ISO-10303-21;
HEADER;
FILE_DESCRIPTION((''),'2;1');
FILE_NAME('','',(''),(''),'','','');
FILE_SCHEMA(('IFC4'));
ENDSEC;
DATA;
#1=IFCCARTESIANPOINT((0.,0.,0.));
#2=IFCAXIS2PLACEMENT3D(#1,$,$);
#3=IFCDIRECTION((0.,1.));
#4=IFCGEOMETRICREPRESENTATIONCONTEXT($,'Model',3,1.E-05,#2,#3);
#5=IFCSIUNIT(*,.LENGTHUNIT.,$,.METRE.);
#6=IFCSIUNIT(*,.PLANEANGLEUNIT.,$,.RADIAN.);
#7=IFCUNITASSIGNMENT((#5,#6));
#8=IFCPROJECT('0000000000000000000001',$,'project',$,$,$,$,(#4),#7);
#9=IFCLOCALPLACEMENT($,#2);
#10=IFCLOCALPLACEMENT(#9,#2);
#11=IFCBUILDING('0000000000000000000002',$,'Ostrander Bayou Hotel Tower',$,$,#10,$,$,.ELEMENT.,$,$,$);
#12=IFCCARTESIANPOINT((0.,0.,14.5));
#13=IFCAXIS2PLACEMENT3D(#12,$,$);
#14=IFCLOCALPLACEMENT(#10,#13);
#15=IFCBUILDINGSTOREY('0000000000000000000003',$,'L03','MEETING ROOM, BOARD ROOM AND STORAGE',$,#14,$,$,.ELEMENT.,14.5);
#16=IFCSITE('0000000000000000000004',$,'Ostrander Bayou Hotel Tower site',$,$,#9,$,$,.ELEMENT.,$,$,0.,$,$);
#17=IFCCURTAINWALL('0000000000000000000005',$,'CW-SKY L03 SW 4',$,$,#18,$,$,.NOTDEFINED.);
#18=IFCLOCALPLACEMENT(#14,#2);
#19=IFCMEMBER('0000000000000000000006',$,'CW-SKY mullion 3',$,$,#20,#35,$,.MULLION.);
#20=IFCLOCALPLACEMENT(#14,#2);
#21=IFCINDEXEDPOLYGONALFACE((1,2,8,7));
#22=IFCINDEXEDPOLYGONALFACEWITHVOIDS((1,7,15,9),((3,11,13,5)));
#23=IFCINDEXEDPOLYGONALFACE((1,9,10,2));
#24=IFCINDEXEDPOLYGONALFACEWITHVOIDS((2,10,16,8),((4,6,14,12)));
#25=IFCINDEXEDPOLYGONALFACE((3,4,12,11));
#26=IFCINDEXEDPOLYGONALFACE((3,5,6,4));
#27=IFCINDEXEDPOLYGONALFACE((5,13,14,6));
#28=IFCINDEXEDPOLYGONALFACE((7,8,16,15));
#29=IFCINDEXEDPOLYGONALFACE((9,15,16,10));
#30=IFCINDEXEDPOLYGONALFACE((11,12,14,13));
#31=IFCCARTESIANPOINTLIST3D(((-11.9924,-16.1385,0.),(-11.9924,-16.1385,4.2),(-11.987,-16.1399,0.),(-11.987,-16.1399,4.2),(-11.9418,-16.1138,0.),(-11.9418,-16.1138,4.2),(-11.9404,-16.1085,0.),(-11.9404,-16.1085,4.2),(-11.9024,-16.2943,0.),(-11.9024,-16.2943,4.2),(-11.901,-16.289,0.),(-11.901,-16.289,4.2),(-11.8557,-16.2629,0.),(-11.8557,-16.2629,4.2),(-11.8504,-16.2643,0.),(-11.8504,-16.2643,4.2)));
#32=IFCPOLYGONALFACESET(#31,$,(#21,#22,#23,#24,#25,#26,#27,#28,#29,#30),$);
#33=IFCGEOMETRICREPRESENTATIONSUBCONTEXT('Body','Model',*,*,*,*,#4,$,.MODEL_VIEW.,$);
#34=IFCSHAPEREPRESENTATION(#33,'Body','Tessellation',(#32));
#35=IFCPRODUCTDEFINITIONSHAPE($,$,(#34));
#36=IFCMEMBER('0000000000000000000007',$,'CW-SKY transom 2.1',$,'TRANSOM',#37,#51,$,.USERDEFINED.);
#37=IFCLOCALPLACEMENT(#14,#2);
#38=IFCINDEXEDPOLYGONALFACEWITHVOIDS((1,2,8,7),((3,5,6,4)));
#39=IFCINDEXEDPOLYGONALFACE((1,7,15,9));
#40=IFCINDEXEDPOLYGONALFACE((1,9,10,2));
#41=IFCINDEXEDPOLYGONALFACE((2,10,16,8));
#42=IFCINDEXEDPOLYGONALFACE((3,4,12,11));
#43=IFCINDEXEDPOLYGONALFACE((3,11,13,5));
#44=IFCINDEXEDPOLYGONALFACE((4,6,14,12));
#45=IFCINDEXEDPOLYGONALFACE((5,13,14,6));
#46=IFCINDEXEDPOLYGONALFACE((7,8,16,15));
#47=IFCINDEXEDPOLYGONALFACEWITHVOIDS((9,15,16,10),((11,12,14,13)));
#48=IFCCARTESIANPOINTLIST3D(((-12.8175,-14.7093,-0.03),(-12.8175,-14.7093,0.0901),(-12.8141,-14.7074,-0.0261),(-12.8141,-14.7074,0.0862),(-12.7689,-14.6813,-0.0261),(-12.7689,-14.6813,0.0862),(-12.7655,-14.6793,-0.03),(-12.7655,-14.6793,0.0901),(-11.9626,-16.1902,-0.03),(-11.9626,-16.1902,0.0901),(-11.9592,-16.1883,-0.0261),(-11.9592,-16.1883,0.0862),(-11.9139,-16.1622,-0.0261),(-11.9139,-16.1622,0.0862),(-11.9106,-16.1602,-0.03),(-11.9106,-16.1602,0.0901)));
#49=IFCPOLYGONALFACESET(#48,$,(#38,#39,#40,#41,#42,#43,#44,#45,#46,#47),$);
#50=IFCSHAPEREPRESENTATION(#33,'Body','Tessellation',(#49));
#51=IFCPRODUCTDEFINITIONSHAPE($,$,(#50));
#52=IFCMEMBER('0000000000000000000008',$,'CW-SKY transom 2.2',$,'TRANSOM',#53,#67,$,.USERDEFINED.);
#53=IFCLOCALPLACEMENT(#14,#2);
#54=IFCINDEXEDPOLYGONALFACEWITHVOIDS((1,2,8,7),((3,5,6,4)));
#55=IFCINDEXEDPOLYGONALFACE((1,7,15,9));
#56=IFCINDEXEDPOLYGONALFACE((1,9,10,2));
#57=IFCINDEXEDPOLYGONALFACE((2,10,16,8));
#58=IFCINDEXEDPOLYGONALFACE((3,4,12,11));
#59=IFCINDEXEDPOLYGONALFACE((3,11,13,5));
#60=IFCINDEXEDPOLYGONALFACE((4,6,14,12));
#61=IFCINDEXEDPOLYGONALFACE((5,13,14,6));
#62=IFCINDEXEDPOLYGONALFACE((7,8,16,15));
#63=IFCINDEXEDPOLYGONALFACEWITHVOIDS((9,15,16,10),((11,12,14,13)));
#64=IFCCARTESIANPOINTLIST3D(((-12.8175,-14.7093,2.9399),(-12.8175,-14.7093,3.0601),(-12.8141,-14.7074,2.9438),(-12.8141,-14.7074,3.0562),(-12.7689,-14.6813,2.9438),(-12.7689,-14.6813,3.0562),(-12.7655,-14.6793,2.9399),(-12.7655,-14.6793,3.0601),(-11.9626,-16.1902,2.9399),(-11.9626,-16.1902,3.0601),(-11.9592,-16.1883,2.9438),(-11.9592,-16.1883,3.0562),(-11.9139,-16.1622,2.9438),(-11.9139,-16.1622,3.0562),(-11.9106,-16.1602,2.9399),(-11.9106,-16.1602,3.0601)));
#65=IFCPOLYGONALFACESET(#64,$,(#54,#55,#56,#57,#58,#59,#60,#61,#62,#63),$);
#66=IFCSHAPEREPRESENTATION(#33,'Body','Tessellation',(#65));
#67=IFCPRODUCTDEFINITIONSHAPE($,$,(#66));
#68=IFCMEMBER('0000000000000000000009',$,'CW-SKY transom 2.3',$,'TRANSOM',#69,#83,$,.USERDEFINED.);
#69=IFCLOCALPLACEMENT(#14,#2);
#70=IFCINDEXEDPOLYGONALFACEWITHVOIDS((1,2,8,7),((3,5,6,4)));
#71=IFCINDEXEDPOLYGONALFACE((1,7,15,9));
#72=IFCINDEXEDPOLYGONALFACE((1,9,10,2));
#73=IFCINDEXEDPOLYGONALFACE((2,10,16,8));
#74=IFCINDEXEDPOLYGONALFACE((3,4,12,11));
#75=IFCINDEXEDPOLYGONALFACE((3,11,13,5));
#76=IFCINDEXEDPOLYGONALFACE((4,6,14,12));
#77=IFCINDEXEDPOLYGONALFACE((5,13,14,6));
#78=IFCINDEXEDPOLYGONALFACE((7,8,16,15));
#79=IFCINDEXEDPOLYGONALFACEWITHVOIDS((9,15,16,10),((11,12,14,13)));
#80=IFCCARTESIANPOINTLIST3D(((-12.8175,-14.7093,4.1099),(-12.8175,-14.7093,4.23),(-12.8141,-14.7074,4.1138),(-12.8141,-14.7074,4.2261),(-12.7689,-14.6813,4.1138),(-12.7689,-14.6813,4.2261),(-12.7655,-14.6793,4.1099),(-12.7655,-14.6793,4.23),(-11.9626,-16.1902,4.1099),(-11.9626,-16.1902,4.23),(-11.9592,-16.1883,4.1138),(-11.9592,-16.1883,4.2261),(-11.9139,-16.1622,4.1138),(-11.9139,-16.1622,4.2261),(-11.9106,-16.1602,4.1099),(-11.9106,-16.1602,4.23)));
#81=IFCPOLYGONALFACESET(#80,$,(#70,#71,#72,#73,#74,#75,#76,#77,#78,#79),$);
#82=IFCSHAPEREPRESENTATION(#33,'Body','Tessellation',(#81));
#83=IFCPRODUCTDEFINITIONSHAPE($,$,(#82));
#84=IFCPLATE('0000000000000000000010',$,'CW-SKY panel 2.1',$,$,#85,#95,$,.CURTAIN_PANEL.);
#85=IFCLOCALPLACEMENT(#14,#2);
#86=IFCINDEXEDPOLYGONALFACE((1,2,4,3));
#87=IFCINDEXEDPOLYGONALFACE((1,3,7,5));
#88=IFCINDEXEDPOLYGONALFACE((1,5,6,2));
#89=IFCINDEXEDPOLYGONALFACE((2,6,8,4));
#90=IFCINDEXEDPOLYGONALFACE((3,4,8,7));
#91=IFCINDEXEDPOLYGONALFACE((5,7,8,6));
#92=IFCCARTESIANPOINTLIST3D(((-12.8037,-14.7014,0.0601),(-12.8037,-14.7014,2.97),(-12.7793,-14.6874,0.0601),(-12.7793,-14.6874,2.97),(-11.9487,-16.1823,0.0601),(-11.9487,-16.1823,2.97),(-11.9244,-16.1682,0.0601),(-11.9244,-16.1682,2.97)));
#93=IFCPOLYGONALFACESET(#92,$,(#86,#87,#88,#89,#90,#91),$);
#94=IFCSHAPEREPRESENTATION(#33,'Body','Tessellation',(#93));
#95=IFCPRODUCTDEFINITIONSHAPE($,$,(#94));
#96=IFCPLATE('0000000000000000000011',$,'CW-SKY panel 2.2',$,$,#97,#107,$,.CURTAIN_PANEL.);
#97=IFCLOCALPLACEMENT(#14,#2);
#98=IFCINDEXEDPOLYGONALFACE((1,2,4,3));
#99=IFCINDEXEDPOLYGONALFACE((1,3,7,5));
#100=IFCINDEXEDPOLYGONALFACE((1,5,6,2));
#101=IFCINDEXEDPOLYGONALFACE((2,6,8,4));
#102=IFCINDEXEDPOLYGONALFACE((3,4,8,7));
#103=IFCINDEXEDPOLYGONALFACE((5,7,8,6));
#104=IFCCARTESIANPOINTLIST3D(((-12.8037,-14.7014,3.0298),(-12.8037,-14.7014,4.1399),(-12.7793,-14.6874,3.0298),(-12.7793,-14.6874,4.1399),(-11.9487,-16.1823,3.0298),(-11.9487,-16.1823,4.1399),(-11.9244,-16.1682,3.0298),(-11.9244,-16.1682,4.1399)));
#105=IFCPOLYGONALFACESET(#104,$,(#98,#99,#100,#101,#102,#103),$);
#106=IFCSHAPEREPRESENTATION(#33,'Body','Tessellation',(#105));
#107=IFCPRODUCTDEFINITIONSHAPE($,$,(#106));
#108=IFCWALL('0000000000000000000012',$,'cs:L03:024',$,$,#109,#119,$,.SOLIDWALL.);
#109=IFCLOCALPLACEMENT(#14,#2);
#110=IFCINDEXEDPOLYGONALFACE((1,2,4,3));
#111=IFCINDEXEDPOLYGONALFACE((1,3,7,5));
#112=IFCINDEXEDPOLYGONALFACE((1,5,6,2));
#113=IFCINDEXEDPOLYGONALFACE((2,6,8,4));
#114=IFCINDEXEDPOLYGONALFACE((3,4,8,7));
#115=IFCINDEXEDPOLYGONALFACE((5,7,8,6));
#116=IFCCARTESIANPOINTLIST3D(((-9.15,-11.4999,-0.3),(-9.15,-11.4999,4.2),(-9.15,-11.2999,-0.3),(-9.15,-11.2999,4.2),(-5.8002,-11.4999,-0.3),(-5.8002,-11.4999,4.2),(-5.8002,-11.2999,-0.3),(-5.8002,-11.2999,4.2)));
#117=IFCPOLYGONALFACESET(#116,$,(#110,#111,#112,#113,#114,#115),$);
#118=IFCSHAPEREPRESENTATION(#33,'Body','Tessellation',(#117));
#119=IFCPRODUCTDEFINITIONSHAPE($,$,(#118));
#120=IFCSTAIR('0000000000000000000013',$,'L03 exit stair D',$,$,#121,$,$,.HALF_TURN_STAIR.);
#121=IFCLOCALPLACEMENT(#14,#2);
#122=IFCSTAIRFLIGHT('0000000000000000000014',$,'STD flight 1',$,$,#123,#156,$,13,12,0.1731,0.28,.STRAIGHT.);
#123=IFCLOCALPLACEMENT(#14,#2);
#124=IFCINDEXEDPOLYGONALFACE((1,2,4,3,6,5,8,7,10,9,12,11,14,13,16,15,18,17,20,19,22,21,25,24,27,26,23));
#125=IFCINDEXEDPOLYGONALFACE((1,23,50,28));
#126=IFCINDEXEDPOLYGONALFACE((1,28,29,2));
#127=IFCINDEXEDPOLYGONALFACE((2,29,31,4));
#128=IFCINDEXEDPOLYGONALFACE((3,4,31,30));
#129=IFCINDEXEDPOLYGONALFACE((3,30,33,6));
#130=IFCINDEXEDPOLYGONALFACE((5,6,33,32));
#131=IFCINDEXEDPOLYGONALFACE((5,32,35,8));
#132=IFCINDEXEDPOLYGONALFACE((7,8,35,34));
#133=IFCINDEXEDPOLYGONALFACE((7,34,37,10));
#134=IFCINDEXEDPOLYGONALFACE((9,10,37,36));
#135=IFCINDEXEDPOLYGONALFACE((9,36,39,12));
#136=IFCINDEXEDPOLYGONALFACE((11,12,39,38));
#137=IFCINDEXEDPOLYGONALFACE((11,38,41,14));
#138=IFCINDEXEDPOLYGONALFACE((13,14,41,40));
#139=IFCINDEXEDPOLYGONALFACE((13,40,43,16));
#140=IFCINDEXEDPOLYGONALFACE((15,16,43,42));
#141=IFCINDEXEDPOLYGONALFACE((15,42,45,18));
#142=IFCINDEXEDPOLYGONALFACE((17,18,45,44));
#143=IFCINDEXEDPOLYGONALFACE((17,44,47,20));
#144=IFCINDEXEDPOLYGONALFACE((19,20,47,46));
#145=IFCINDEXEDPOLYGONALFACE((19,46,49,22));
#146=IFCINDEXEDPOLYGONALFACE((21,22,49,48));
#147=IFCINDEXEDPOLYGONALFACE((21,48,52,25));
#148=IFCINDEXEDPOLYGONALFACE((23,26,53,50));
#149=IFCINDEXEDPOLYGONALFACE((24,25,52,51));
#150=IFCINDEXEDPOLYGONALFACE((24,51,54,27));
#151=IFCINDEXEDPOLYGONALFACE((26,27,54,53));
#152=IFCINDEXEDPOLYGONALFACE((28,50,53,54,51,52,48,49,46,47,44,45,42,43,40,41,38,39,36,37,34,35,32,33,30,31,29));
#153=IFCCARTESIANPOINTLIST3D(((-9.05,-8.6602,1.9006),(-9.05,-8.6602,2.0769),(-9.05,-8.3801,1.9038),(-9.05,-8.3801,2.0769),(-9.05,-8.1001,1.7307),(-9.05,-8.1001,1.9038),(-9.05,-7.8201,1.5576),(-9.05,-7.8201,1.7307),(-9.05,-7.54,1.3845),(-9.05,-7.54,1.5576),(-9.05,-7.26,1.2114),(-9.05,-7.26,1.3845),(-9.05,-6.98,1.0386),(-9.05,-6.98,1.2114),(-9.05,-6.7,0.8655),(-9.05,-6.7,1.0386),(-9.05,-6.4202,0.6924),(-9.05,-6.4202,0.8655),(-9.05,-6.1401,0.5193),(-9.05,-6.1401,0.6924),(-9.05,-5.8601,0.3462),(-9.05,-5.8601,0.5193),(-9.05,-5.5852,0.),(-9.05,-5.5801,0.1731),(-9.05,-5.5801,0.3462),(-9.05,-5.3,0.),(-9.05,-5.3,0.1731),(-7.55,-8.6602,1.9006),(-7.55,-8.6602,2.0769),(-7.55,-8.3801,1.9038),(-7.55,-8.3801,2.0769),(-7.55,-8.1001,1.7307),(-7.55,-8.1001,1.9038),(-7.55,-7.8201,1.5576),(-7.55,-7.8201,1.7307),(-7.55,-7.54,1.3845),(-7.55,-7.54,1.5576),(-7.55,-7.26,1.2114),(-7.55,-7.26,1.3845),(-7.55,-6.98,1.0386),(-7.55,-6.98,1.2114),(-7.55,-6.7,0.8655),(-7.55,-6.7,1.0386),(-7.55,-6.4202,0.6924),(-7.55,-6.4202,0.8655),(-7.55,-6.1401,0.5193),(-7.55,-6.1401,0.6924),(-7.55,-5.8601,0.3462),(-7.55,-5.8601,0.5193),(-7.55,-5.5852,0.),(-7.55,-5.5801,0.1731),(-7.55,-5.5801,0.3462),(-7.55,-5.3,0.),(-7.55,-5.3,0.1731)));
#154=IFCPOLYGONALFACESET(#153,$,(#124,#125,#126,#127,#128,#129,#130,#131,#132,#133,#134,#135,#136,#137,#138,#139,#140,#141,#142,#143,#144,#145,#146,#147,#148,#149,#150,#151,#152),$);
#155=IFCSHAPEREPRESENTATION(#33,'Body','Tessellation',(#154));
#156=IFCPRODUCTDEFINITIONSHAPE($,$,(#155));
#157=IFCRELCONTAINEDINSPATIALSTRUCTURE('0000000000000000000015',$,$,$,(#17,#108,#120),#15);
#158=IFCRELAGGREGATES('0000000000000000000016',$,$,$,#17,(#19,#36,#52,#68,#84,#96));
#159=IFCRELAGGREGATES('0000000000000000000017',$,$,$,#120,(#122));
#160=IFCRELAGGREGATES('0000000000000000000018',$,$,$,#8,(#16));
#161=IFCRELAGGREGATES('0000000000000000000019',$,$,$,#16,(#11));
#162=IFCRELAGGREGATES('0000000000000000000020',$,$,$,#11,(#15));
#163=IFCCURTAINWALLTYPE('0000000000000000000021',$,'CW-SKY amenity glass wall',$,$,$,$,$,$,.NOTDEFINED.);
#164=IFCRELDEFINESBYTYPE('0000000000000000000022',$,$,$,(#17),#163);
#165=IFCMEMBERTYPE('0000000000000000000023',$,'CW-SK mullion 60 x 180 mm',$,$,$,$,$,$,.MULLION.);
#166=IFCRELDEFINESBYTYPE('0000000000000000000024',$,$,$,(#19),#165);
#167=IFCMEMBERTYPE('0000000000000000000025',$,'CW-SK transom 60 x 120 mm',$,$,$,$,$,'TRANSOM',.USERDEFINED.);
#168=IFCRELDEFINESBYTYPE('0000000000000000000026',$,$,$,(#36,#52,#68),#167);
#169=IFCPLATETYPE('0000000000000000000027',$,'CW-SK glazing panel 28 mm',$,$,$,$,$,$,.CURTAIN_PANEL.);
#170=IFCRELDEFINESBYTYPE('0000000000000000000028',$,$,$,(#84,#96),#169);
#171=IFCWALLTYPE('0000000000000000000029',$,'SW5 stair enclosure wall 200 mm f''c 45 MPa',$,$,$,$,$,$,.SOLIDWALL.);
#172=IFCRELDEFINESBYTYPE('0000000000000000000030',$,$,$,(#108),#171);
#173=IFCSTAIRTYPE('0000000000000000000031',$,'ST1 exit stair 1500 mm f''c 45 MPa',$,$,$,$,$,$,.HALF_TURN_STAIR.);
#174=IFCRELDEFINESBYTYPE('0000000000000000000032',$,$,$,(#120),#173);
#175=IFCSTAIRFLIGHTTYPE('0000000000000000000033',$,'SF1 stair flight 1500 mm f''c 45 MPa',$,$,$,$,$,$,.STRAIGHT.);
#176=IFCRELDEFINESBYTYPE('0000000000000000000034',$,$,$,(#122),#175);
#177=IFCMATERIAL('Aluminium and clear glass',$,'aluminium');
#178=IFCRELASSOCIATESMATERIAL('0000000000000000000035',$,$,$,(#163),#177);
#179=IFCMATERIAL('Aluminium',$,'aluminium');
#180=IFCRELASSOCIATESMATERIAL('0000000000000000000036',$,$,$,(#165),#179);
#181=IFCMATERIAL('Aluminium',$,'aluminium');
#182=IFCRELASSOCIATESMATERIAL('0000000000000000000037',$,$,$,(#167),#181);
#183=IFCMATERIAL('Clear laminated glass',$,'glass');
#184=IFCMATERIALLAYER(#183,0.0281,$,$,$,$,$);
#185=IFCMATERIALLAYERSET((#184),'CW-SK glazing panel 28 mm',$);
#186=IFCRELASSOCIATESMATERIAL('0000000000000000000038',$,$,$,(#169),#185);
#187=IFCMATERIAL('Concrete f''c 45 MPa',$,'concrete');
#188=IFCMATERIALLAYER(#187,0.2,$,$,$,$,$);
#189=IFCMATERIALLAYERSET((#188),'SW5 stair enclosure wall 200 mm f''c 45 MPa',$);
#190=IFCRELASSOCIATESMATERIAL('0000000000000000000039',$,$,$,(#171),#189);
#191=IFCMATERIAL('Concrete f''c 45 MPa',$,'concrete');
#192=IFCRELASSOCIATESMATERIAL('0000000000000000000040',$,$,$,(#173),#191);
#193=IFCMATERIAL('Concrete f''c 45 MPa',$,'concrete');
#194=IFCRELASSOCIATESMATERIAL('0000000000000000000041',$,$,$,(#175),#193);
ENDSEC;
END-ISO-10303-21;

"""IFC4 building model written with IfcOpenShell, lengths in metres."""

from ifc_helpers import new_model, si_unit, direction, frame, frame_2d, origin, origin_2d, place, context, subcontext, project, spatial, polyline, rectangle, hollow_rectangle, outline, extrude, material, layer, layer_set, material_profile, profile_set, type_object, element, aggregate, save


model = new_model("IFC4")

# Units and contexts
model_context = context("Model", 3, precision=1e-05, world=origin(), true_north=direction((0.0, 1.0)))
body_context = subcontext(model_context, "Body", "Model", "MODEL_VIEW")
ifc_project = project(units=[si_unit("LENGTHUNIT", "METRE"), si_unit("PLANEANGLEUNIT", "RADIAN")], contexts=[model_context])

# Site, building, storey
site_placement = place(None, origin())
site = spatial("IfcSite", under=ifc_project, at=site_placement, Name="Ostrander Bayou Hotel Tower site", CompositionType="ELEMENT", RefElevation=0.0)
building_placement = place(site_placement, origin())
building = spatial("IfcBuilding", under=site, at=building_placement, Name="Ostrander Bayou Hotel Tower", CompositionType="ELEMENT")
storey_placement = place(building_placement, frame((0.0, 0.0, 14.5)))
storey = spatial("IfcBuildingStorey", under=building, at=storey_placement, Name="L03", Description="MEETING ROOM, BOARD ROOM AND STORAGE", CompositionType="ELEMENT", Elevation=14.5)

# Curtain wall, members, plates
ifc_material_1 = material(Name="Aluminium and clear glass", Category="aluminium")
curtain_wall_type = type_object("IfcCurtainWallType", Name="CW-SKY amenity glass wall", PredefinedType="NOTDEFINED", material=ifc_material_1)
curtain_wall_placement = place(storey_placement, origin())
curtain_wall = element("IfcCurtainWall", 1, at=curtain_wall_placement, inside=storey, type_object=curtain_wall_type, Name="CW-SKY L03 SW 4", PredefinedType="NOTDEFINED")
ifc_material_2 = material(Name="Aluminium", Category="aluminium")
ifc_material_profile_1 = material_profile(ifc_material_2, hollow_rectangle(XDim=0.0601, YDim=0.1799, WallThickness=0.0039, at=origin_2d()))
ifc_profile_set_1 = profile_set([ifc_material_profile_1], Name="Aluminium")
member_type_1 = type_object("IfcMemberType", Name="CW-SK mullion 60 x 180 mm", PredefinedType="MULLION", material=ifc_profile_set_1)
member_1_placement = place(storey_placement, frame((-11.9214, -16.2014, 0.0), z_axis=(0.0, 0.0, 1.0), x_axis=(0.866026, 0.499999, 0.0)))
member_1 = element("IfcMember", 2, at=member_1_placement, type_object=member_type_1, Name="CW-SKY mullion 3", PredefinedType="MULLION", context=body_context, shape_type="SweptSolid", body=[
    extrude(hollow_rectangle(XDim=0.0601, YDim=0.1799, WallThickness=0.0039, at=origin_2d()), origin(), (0.0, 0.0, 1.0), 4.2),
])
ifc_material_3 = material(Name="Aluminium", Category="aluminium")
ifc_material_profile_2 = material_profile(ifc_material_3, hollow_rectangle(XDim=0.0601, YDim=0.1201, WallThickness=0.0039, at=origin_2d()))
ifc_profile_set_2 = profile_set([ifc_material_profile_2], Name="Aluminium")
member_type_2 = type_object("IfcMemberType", Name="CW-SK transom 60 x 120 mm", ElementType="TRANSOM", PredefinedType="USERDEFINED", material=ifc_profile_set_2)
member_2_placement = place(storey_placement, frame((-12.7915, -14.6943, 0.03), z_axis=(0.499978, -0.866038, 0.0), x_axis=(0.866038, 0.499978, 0.0)))
member_2 = element("IfcMember", 3, at=member_2_placement, type_object=member_type_2, Name="CW-SKY transom 2.1", ObjectType="TRANSOM", PredefinedType="USERDEFINED", context=body_context, shape_type="SweptSolid", body=[
    extrude(hollow_rectangle(XDim=0.0601, YDim=0.1201, WallThickness=0.0039, at=origin_2d()), origin(), (0.0, 0.0, 1.0), 1.71),
])
member_3_placement = place(storey_placement, frame((-12.7915, -14.6943, 3.0), z_axis=(0.499978, -0.866038, 0.0), x_axis=(0.866038, 0.499978, 0.0)))
member_3 = element("IfcMember", 4, at=member_3_placement, type_object=member_type_2, Name="CW-SKY transom 2.2", ObjectType="TRANSOM", PredefinedType="USERDEFINED", context=body_context, shape_type="SweptSolid", body=[
    extrude(hollow_rectangle(XDim=0.0601, YDim=0.1201, WallThickness=0.0039, at=origin_2d()), origin(), (0.0, 0.0, 1.0), 1.71),
])
member_4_placement = place(storey_placement, frame((-12.7915, -14.6943, 4.1699), z_axis=(0.499978, -0.866038, 0.0), x_axis=(0.866038, 0.499978, 0.0)))
member_4 = element("IfcMember", 5, at=member_4_placement, type_object=member_type_2, Name="CW-SKY transom 2.3", ObjectType="TRANSOM", PredefinedType="USERDEFINED", context=body_context, shape_type="SweptSolid", body=[
    extrude(hollow_rectangle(XDim=0.0601, YDim=0.1201, WallThickness=0.0039, at=origin_2d()), origin(), (0.0, 0.0, 1.0), 1.71),
])
ifc_material_4 = material(Name="Clear laminated glass", Category="glass")
ifc_layer_1 = layer(ifc_material_4, 0.0281)
ifc_layer_set_1 = layer_set([ifc_layer_1], Name="CW-SK glazing panel 28 mm")
plate_type = type_object("IfcPlateType", Name="CW-SK glazing panel 28 mm", PredefinedType="CURTAIN_PANEL", material=ifc_layer_set_1)
plate_1_placement = place(storey_placement, frame((-12.364, -15.4348, 0.0601), z_axis=(0.0, 0.0, 1.0), x_axis=(0.499999, -0.866026, 0.0)))
plate_1 = element("IfcPlate", 6, at=plate_1_placement, type_object=plate_type, Name="CW-SKY panel 2.1", PredefinedType="CURTAIN_PANEL", context=body_context, shape_type="SweptSolid", body=[
    extrude(rectangle(XDim=1.71, YDim=0.0281, at=origin_2d()), origin(), (0.0, 0.0, 1.0), 2.9099),
])
plate_2_placement = place(storey_placement, frame((-12.364, -15.4348, 3.0298), z_axis=(0.0, 0.0, 1.0), x_axis=(0.499999, -0.866026, 0.0)))
plate_2 = element("IfcPlate", 7, at=plate_2_placement, type_object=plate_type, Name="CW-SKY panel 2.2", PredefinedType="CURTAIN_PANEL", context=body_context, shape_type="SweptSolid", body=[
    extrude(rectangle(XDim=1.71, YDim=0.0281, at=origin_2d()), origin(), (0.0, 0.0, 1.0), 1.1101),
])
aggregate(curtain_wall, [member_1, member_2, member_3, member_4, plate_1, plate_2])

# Wall
ifc_material_5 = material(Name="Concrete f'c 45 MPa", Category="concrete")
ifc_layer_2 = layer(ifc_material_5, 0.2)
ifc_layer_set_2 = layer_set([ifc_layer_2], Name="SW5 stair enclosure wall 200 mm f'c 45 MPa")
wall_type = type_object("IfcWallType", Name="SW5 stair enclosure wall 200 mm f'c 45 MPa", PredefinedType="SOLIDWALL", material=ifc_layer_set_2)
wall_placement = place(storey_placement, frame((-9.1499, -11.3999, -0.3), z_axis=(0.0, 0.0, 1.0), x_axis=(1.0, 0.0, 0.0)))
element("IfcWall", 8, at=wall_placement, inside=storey, type_object=wall_type, Name="cs:L03:024", PredefinedType="SOLIDWALL", context=body_context, shape_type="SweptSolid", body=[
    extrude(rectangle(XDim=3.3499, YDim=0.2, at=frame_2d((1.6748, 0.0))), origin(), (0.0, 0.0, 1.0), 4.5),
])

# Stair, stair flight
ifc_material_6 = material(Name="Concrete f'c 45 MPa", Category="concrete")
stair_type = type_object("IfcStairType", Name="ST1 exit stair 1500 mm f'c 45 MPa", PredefinedType="HALF_TURN_STAIR", material=ifc_material_6)
stair_placement = place(storey_placement, origin())
stair = element("IfcStair", 9, at=stair_placement, inside=storey, type_object=stair_type, Name="L03 exit stair D", PredefinedType="HALF_TURN_STAIR")
ifc_material_7 = material(Name="Concrete f'c 45 MPa", Category="concrete")
stair_flight_type = type_object("IfcStairFlightType", Name="SF1 stair flight 1500 mm f'c 45 MPa", PredefinedType="STRAIGHT", material=ifc_material_7)
stair_flight_1_placement = place(storey_placement, frame((-8.3, -5.3, 0.0), z_axis=(0.0, 0.0, 1.0), x_axis=(0.0, -1.0, 0.0)))
stair_flight_1 = element("IfcStairFlight", 10, at=stair_flight_1_placement, type_object=stair_flight_type, Name="STD flight 1", NumberOfRisers=13, NumberOfTreads=12, PredefinedType="STRAIGHT", RiserHeight=0.1731, TreadLength=0.28, context=body_context, shape_type="SweptSolid", body=[
    extrude(outline(polyline([(0.0, 0.0), (0.0, 0.1731), (0.28, 0.1731), (0.28, 0.3462), (0.5601, 0.3462), (0.5601, 0.5193), (0.8401, 0.5193), (0.8401, 0.6924), (1.1201, 0.6924), (1.1201, 0.8655), (1.3999, 0.8655), (1.3999, 1.0386), (1.6799, 1.0386), (1.6799, 1.2114), (1.96, 1.2114), (1.96, 1.3845), (2.24, 1.3845), (2.24, 1.5576), (2.52, 1.5576), (2.52, 1.7307), (2.8, 1.7307), (2.8, 1.9038), (3.0801, 1.9038), (3.0801, 2.0769), (3.3601, 2.0769), (3.3601, 2.25), (3.3601, 1.9006), (0.2852, 0.0), (0.0, 0.0)])), frame((0.0, 0.75, 0.0), z_axis=(0.0, -1.0, 0.0), x_axis=(1.0, 0.0, 0.0)), (0.0, 0.0, 1.0), 1.5),
])
aggregate(stair, [stair_flight_1])

save(model, "model.ifc")
